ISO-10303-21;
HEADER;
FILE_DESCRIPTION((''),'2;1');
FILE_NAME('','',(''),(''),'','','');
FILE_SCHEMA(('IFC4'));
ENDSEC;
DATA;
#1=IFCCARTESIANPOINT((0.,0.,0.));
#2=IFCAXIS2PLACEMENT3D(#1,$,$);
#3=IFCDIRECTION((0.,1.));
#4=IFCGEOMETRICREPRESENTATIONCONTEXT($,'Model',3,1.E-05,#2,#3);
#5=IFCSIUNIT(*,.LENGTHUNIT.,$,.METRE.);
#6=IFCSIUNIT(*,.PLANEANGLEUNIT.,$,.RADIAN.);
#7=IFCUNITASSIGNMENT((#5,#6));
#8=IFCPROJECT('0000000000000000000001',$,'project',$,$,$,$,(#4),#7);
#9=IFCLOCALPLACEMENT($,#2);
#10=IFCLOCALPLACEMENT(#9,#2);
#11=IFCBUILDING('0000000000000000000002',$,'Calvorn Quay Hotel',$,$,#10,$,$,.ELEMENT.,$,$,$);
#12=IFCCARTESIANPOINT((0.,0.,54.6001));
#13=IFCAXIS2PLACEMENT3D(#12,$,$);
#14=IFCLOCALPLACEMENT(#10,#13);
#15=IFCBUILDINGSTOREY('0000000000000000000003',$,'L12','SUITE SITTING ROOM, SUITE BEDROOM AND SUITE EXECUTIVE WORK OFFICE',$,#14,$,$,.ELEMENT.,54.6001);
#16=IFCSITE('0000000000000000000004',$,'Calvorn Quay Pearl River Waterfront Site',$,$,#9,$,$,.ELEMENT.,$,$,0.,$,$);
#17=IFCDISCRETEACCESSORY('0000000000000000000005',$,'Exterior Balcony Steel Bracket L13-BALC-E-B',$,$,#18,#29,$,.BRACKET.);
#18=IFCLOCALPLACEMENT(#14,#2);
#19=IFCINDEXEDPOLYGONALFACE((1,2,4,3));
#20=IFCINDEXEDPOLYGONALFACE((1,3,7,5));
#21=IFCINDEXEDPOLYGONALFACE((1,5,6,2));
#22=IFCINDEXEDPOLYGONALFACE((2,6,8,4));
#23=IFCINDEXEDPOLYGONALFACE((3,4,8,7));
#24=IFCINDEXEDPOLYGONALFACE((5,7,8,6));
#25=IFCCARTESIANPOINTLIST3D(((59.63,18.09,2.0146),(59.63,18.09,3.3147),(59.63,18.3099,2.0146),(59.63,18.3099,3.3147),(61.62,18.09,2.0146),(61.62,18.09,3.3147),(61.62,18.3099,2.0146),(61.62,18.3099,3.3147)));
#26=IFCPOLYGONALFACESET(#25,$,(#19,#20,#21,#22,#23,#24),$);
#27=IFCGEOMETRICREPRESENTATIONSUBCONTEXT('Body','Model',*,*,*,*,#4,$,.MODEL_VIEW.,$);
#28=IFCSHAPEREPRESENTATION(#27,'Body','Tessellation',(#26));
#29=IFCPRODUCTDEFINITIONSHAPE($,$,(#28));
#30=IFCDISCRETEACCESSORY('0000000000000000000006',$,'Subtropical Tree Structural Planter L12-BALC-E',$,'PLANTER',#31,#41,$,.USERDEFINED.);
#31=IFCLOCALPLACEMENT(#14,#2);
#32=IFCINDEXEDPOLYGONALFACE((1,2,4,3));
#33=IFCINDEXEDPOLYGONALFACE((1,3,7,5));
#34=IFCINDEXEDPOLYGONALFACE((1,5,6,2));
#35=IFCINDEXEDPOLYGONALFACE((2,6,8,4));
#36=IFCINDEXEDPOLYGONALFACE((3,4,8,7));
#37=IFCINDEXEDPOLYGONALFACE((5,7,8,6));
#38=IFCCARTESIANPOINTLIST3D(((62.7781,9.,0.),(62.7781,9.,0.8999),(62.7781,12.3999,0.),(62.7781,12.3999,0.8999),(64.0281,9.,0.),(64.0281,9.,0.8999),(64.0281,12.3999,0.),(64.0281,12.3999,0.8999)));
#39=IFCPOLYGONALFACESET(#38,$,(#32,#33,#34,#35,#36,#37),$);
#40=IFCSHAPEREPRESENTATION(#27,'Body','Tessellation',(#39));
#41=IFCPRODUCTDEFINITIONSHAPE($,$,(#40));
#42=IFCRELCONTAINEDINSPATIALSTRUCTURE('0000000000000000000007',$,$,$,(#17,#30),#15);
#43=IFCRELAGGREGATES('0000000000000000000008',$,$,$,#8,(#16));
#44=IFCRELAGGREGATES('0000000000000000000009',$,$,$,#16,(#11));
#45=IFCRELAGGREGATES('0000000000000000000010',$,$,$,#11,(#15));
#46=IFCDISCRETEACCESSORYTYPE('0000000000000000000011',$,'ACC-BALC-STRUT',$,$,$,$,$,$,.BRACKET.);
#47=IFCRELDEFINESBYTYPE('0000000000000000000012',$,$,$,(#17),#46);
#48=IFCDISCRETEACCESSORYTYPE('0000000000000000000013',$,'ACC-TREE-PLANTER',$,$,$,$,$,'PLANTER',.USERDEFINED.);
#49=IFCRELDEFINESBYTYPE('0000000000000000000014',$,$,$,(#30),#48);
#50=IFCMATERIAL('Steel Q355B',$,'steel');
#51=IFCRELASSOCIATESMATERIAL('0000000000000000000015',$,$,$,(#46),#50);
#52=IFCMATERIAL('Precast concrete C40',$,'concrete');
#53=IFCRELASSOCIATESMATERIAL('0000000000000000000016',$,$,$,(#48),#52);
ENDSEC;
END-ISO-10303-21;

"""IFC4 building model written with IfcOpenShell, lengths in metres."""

from ifc_helpers import new_model, si_unit, direction, frame, origin, origin_2d, place, context, subcontext, project, spatial, rectangle, extrude, material, type_object, element, save


model = new_model("IFC4")

# Units and contexts
model_context = context("Model", 3, precision=1e-05, world=origin(), true_north=direction((0.0, 1.0)))
body_context = subcontext(model_context, "Body", "Model", "MODEL_VIEW")
ifc_project = project(units=[si_unit("LENGTHUNIT", "METRE"), si_unit("PLANEANGLEUNIT", "RADIAN")], contexts=[model_context])

# Site, building, storey
site_placement = place(None, origin())
site = spatial("IfcSite", under=ifc_project, at=site_placement, Name="Calvorn Quay Pearl River Waterfront Site", CompositionType="ELEMENT", RefElevation=0.0)
building_placement = place(site_placement, origin())
building = spatial("IfcBuilding", under=site, at=building_placement, Name="Calvorn Quay Hotel", CompositionType="ELEMENT")
storey_placement = place(building_placement, frame((0.0, 0.0, 54.6001)))
storey = spatial("IfcBuildingStorey", under=building, at=storey_placement, Name="L12", Description="SUITE SITTING ROOM, SUITE BEDROOM AND SUITE EXECUTIVE WORK OFFICE", CompositionType="ELEMENT", Elevation=54.6001)

# Discrete accessories
ifc_material_1 = material(Name="Steel Q355B", Category="steel")
discrete_accessory_type_1 = type_object("IfcDiscreteAccessoryType", Name="ACC-BALC-STRUT", PredefinedType="BRACKET", material=ifc_material_1)
for number, where, z_axis, x_axis, name in (
    (1, (60.625, 18.2, 2.0146), (0.0, 0.0, 1.0), (1.0, 0.0, 0.0), "Exterior Balcony Steel Bracket L13-BALC-E-B"),
):
    element("IfcDiscreteAccessory", number, at=place(storey_placement, frame(where, z_axis=z_axis, x_axis=x_axis)), inside=storey, type_object=discrete_accessory_type_1, Name=name, PredefinedType="BRACKET", context=body_context, shape_type="SweptSolid", body=[
        extrude(rectangle(XDim=1.99, YDim=0.22, at=origin_2d()), origin(), (0.0, 0.0, 1.0), 1.3),
    ])
ifc_material_2 = material(Name="Precast concrete C40", Category="concrete")
discrete_accessory_type_2 = type_object("IfcDiscreteAccessoryType", Name="ACC-TREE-PLANTER", ElementType="PLANTER", PredefinedType="USERDEFINED", material=ifc_material_2)
discrete_accessory_placement = place(storey_placement, frame((63.4031, 10.7, 0.0), z_axis=(0.0, 0.0, 1.0), x_axis=(1.0, 0.0, 0.0)))
element("IfcDiscreteAccessory", 2, at=discrete_accessory_placement, inside=storey, type_object=discrete_accessory_type_2, Name="Subtropical Tree Structural Planter L12-BALC-E", ObjectType="PLANTER", PredefinedType="USERDEFINED", context=body_context, shape_type="SweptSolid", body=[
    extrude(rectangle(XDim=1.25, YDim=3.3999, at=origin_2d()), origin(), (0.0, 0.0, 1.0), 0.8999),
])

save(model, "model.ifc")
